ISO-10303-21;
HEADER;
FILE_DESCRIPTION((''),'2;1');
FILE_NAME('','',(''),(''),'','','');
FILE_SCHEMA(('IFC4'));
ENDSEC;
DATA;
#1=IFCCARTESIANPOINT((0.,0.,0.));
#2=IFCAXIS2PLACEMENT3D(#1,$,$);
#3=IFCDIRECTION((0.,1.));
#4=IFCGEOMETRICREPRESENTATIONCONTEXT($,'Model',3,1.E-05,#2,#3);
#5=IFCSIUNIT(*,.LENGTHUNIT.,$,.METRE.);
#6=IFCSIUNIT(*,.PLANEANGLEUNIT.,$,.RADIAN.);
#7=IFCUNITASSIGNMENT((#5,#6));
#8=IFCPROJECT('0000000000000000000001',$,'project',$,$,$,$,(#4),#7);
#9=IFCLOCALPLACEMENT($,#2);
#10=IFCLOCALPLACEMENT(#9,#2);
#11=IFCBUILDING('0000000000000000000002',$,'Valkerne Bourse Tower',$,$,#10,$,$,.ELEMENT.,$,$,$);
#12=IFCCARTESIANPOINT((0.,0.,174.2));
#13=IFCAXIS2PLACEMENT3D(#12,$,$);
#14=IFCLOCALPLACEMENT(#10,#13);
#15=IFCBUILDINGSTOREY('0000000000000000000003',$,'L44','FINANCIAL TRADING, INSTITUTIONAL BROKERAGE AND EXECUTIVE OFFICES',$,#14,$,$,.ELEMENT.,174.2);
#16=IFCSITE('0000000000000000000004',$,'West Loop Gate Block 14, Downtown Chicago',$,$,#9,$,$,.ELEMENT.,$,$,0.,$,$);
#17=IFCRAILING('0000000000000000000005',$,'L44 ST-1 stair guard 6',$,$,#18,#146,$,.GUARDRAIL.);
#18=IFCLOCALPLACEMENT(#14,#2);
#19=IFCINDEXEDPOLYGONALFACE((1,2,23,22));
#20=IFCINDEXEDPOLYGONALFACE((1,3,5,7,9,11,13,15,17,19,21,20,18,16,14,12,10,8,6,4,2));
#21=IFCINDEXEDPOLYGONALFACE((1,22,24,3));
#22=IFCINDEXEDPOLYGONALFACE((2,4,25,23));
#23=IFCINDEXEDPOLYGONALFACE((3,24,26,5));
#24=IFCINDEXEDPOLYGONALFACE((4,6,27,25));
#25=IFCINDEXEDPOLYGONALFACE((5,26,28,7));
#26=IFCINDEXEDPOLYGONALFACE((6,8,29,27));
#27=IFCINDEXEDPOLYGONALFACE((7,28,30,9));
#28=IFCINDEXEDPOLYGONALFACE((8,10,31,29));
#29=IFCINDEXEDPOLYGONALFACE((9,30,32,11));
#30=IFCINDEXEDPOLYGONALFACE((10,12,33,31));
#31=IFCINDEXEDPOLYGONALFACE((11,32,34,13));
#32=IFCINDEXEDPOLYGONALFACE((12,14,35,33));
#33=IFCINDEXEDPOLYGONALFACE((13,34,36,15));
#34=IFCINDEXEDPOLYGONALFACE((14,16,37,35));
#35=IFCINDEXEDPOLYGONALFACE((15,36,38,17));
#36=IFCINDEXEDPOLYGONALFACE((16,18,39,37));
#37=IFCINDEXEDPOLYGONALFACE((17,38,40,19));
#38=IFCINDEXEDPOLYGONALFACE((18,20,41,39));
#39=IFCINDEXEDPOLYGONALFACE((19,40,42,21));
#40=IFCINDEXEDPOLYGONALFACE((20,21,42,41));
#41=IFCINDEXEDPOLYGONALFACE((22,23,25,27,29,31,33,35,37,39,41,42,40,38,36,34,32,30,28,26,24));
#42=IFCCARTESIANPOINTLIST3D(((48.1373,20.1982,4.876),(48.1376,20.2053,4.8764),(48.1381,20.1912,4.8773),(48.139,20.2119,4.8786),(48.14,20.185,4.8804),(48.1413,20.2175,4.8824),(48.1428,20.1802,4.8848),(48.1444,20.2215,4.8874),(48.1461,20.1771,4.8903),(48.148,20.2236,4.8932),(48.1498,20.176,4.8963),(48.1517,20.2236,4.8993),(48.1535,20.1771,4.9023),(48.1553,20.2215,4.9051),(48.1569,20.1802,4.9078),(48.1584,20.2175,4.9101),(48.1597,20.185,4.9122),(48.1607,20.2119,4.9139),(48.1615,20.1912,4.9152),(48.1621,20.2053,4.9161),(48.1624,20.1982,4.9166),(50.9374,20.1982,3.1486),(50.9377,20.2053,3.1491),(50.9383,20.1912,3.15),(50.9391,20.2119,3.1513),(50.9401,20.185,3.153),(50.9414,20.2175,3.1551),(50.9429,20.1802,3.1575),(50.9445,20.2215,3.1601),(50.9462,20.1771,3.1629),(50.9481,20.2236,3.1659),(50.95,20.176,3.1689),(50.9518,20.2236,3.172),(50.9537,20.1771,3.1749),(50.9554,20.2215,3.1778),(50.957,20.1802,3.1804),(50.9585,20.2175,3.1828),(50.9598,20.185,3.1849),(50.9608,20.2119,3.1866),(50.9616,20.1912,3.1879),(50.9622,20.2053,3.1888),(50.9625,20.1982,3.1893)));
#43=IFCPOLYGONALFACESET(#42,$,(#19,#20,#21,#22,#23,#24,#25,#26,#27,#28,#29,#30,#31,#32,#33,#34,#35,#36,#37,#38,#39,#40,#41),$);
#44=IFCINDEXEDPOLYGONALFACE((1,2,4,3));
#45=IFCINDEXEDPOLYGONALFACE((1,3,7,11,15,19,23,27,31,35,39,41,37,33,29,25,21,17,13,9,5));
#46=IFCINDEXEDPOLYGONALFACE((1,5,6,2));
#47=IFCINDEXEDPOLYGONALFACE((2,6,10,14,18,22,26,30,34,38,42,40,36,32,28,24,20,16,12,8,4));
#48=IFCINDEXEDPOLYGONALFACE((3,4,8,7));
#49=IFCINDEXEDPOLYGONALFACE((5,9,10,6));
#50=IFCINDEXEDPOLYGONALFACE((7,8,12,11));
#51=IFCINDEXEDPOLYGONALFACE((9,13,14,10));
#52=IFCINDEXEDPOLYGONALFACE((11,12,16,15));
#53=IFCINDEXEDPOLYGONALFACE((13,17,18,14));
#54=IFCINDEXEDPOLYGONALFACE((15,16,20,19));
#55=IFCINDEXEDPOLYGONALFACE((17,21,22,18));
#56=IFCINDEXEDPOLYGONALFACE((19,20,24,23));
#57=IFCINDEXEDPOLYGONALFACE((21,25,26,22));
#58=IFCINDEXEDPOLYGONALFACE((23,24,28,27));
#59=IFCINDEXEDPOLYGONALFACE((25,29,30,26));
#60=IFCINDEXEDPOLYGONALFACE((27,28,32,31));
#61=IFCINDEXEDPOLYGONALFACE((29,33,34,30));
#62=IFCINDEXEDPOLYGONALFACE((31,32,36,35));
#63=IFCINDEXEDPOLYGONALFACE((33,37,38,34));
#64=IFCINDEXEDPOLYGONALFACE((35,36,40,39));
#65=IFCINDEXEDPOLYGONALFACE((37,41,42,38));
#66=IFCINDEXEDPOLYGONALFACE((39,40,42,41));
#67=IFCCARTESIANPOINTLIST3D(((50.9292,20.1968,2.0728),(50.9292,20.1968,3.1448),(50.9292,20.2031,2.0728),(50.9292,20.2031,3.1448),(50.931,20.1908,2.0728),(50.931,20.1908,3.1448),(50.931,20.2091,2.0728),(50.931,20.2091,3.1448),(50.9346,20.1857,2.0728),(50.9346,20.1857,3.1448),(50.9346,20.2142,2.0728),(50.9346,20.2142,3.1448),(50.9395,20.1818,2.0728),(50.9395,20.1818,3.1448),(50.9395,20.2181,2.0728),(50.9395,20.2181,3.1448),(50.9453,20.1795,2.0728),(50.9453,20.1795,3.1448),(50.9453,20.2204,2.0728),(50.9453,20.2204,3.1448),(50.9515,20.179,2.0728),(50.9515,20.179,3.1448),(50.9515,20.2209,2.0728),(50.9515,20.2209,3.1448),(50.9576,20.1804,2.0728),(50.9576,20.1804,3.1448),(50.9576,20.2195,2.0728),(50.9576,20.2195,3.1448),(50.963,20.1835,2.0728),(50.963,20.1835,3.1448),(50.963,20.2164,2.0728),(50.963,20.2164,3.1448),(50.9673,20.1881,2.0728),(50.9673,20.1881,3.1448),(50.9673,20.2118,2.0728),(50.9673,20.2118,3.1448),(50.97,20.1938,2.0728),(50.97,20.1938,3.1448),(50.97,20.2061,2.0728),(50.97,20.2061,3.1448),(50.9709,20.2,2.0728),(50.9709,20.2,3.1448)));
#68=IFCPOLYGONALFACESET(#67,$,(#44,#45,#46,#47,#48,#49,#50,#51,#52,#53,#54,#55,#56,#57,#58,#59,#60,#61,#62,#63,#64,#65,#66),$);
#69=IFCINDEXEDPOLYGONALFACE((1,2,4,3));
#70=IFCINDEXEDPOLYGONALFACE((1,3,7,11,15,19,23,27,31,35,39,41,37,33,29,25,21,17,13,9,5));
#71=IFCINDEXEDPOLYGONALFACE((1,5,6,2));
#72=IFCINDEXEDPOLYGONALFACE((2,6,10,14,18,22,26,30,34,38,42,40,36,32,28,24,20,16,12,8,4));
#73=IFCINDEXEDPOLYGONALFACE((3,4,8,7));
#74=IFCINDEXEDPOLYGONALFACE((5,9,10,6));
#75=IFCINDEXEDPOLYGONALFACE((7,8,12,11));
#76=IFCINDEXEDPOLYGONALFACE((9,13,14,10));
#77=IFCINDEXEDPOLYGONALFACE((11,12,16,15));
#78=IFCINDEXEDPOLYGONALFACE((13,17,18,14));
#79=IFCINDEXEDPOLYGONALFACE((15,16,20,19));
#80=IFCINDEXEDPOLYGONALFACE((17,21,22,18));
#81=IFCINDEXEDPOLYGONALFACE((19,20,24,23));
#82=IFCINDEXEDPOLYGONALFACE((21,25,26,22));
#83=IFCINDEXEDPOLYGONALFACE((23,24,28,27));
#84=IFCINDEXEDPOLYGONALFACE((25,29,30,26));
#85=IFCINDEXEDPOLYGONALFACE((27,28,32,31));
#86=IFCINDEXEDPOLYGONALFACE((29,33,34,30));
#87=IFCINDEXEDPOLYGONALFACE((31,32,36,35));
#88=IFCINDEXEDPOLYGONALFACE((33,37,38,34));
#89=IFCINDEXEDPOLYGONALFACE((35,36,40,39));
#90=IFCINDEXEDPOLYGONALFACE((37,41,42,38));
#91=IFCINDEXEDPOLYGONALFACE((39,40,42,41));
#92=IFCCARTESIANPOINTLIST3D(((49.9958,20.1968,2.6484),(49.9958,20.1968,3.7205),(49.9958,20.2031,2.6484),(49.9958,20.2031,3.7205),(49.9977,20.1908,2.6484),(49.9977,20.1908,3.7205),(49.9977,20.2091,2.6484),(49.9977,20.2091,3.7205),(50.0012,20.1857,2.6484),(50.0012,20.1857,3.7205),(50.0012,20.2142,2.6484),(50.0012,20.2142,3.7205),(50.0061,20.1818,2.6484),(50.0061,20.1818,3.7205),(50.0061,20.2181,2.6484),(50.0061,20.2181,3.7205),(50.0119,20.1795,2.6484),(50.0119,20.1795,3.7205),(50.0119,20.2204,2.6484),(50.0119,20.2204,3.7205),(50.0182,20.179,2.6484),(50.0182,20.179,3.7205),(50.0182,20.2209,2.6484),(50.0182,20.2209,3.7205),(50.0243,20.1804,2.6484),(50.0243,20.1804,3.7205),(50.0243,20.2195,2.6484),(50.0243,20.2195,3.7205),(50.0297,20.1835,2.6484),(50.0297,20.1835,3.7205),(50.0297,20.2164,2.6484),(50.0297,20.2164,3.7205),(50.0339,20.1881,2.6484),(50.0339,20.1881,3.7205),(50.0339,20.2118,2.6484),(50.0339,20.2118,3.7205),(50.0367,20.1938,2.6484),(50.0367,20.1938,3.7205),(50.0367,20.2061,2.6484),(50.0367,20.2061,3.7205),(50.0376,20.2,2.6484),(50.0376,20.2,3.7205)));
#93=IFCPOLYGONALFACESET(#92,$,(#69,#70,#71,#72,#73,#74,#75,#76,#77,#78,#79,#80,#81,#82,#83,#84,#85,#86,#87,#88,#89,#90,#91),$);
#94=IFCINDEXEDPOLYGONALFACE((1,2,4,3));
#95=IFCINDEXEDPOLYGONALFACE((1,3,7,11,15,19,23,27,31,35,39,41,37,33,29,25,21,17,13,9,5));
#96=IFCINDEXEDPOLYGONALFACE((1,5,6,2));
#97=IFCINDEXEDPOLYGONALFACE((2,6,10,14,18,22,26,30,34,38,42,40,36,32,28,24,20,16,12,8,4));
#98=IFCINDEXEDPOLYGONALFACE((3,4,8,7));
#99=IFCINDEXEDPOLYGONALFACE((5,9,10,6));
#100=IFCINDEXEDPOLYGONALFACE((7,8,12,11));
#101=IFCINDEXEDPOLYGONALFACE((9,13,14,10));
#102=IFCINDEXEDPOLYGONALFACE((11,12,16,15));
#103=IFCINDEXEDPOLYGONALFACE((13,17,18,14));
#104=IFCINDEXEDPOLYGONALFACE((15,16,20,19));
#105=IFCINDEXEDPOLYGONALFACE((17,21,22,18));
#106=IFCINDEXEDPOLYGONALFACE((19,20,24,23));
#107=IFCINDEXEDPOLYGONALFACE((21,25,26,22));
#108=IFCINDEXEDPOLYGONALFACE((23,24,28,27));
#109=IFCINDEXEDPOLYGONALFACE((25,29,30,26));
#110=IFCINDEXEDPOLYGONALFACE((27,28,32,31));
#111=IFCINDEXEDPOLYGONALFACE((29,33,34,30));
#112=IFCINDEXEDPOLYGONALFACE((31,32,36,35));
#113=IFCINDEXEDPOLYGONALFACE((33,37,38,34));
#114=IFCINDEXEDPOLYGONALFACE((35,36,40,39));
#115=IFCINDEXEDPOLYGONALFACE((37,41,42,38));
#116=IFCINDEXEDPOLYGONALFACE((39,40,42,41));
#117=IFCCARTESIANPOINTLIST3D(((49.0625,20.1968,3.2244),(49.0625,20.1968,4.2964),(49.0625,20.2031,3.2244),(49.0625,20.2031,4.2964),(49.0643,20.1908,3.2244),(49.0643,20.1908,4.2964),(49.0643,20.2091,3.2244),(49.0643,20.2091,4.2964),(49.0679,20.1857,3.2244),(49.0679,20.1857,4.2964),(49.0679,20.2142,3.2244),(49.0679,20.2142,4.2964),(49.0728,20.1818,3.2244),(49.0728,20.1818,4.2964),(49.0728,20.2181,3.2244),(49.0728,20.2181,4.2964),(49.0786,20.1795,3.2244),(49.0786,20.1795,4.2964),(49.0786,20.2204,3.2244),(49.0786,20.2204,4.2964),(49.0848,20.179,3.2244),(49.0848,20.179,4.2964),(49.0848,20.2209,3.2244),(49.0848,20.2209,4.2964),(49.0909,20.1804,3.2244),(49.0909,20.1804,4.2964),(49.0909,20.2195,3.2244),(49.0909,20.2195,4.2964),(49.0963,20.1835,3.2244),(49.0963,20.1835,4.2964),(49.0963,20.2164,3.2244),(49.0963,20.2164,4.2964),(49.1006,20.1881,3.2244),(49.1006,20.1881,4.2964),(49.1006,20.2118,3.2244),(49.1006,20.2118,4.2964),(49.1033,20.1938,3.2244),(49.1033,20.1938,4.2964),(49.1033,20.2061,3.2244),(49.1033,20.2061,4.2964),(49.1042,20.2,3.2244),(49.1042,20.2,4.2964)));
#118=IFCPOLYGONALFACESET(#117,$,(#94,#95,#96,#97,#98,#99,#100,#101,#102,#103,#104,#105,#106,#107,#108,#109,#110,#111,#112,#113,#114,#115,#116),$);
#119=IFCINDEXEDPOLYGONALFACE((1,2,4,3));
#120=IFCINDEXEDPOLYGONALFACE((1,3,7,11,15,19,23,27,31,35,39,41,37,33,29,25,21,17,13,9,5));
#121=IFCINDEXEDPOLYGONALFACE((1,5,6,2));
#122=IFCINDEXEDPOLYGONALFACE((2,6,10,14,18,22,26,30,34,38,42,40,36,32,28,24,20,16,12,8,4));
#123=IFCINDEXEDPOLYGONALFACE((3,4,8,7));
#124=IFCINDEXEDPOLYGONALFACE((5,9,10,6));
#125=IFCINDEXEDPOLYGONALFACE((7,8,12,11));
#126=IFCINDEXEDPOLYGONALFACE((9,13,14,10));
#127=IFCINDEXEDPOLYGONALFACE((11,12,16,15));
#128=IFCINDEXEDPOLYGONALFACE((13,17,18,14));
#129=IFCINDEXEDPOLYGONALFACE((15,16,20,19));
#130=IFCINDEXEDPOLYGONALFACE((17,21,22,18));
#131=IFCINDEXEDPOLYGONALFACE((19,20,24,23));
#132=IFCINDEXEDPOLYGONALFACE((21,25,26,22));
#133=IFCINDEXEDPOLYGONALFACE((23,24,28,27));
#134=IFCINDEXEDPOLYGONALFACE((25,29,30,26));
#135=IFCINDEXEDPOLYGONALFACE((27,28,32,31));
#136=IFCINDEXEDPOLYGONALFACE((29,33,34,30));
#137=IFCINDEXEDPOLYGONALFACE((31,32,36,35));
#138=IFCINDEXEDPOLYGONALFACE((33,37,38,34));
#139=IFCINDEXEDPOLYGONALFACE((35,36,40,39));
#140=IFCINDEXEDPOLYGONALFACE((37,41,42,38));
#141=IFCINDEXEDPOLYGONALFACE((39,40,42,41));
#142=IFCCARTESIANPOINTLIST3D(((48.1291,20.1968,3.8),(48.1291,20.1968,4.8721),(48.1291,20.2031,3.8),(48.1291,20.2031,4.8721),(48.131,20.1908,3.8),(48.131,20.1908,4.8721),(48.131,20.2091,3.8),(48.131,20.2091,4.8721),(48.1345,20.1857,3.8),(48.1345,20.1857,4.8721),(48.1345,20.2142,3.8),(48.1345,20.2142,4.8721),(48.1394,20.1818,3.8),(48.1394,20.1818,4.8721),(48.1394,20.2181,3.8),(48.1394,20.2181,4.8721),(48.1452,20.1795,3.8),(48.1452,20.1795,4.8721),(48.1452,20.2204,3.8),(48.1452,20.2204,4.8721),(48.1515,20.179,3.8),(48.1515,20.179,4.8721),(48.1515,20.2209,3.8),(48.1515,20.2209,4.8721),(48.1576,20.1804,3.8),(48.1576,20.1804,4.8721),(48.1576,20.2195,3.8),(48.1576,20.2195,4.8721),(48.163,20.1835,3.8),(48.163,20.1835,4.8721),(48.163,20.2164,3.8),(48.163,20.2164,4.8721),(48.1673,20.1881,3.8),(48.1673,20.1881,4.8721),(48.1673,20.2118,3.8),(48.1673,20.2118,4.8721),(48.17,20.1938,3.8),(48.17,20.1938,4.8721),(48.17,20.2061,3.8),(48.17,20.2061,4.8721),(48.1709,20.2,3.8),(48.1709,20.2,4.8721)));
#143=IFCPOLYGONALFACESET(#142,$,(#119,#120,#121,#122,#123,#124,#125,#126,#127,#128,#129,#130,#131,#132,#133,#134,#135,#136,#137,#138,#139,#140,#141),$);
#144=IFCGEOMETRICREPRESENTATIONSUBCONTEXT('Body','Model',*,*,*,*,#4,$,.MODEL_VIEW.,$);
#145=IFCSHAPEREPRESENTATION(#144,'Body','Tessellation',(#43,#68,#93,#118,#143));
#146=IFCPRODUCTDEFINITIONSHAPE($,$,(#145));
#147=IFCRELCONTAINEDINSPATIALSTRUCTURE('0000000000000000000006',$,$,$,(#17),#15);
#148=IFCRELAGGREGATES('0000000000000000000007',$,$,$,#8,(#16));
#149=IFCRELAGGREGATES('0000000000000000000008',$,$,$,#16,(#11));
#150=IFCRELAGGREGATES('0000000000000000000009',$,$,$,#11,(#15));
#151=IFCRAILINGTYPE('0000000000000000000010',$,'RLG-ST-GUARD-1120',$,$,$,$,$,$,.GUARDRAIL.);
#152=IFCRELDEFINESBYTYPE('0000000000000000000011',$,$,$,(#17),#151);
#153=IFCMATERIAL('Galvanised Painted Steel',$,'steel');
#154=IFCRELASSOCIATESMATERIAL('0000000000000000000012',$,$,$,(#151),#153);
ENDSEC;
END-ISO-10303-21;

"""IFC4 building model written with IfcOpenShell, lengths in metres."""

from ifc_helpers import new_model, si_unit, direction, frame, origin, origin_2d, place, context, subcontext, project, spatial, circle, extrude, material, type_object, element, save


model = new_model("IFC4")

# Units and contexts
model_context = context("Model", 3, precision=1e-05, world=origin(), true_north=direction((0.0, 1.0)))
body_context = subcontext(model_context, "Body", "Model", "MODEL_VIEW")
ifc_project = project(units=[si_unit("LENGTHUNIT", "METRE"), si_unit("PLANEANGLEUNIT", "RADIAN")], contexts=[model_context])

# Site, building, storey
site_placement = place(None, origin())
site = spatial("IfcSite", under=ifc_project, at=site_placement, Name="West Loop Gate Block 14, Downtown Chicago", CompositionType="ELEMENT", RefElevation=0.0)
building_placement = place(site_placement, origin())
building = spatial("IfcBuilding", under=site, at=building_placement, Name="Valkerne Bourse Tower", CompositionType="ELEMENT")
storey_placement = place(building_placement, frame((0.0, 0.0, 174.2)))
storey = spatial("IfcBuildingStorey", under=building, at=storey_placement, Name="L44", Description="FINANCIAL TRADING, INSTITUTIONAL BROKERAGE AND EXECUTIVE OFFICES", CompositionType="ELEMENT", Elevation=174.2)

# Shared definitions
ifc_material_1 = material(Name="Galvanised Painted Steel", Category="steel")

# Railing
railing_type_1 = type_object("IfcRailingType", Name="RLG-ST-GUARD-1120", PredefinedType="GUARDRAIL", material=ifc_material_1)
railing_1_placement = place(storey_placement, frame((50.95, 20.2, 2.0728)))
element("IfcRailing", 1, at=railing_1_placement, inside=storey, type_object=railing_type_1, Name="L44 ST-1 stair guard 6", PredefinedType="GUARDRAIL", context=body_context, shape_type="SweptSolid", body=[
    extrude(circle(Radius=0.0239, at=origin_2d()), frame((0.0, 0.0, 1.0962), z_axis=(-0.85109, 0.0, 0.52502), x_axis=(0.0, -1.0, 0.0)), (0.0, 0.0, 1.0), 3.29),
    extrude(circle(Radius=0.021, at=origin_2d()), origin(), (0.0, 0.0, 1.0), 1.072),
    extrude(circle(Radius=0.021, at=origin_2d()), frame((-0.9333, 0.0, 0.5757)), (0.0, 0.0, 1.0), 1.072),
    extrude(circle(Radius=0.021, at=origin_2d()), frame((-1.8667, 0.0, 1.1516)), (0.0, 0.0, 1.0), 1.072),
    extrude(circle(Radius=0.021, at=origin_2d()), frame((-2.8, 0.0, 1.7273)), (0.0, 0.0, 1.0), 1.072),
])

save(model, "model.ifc")
